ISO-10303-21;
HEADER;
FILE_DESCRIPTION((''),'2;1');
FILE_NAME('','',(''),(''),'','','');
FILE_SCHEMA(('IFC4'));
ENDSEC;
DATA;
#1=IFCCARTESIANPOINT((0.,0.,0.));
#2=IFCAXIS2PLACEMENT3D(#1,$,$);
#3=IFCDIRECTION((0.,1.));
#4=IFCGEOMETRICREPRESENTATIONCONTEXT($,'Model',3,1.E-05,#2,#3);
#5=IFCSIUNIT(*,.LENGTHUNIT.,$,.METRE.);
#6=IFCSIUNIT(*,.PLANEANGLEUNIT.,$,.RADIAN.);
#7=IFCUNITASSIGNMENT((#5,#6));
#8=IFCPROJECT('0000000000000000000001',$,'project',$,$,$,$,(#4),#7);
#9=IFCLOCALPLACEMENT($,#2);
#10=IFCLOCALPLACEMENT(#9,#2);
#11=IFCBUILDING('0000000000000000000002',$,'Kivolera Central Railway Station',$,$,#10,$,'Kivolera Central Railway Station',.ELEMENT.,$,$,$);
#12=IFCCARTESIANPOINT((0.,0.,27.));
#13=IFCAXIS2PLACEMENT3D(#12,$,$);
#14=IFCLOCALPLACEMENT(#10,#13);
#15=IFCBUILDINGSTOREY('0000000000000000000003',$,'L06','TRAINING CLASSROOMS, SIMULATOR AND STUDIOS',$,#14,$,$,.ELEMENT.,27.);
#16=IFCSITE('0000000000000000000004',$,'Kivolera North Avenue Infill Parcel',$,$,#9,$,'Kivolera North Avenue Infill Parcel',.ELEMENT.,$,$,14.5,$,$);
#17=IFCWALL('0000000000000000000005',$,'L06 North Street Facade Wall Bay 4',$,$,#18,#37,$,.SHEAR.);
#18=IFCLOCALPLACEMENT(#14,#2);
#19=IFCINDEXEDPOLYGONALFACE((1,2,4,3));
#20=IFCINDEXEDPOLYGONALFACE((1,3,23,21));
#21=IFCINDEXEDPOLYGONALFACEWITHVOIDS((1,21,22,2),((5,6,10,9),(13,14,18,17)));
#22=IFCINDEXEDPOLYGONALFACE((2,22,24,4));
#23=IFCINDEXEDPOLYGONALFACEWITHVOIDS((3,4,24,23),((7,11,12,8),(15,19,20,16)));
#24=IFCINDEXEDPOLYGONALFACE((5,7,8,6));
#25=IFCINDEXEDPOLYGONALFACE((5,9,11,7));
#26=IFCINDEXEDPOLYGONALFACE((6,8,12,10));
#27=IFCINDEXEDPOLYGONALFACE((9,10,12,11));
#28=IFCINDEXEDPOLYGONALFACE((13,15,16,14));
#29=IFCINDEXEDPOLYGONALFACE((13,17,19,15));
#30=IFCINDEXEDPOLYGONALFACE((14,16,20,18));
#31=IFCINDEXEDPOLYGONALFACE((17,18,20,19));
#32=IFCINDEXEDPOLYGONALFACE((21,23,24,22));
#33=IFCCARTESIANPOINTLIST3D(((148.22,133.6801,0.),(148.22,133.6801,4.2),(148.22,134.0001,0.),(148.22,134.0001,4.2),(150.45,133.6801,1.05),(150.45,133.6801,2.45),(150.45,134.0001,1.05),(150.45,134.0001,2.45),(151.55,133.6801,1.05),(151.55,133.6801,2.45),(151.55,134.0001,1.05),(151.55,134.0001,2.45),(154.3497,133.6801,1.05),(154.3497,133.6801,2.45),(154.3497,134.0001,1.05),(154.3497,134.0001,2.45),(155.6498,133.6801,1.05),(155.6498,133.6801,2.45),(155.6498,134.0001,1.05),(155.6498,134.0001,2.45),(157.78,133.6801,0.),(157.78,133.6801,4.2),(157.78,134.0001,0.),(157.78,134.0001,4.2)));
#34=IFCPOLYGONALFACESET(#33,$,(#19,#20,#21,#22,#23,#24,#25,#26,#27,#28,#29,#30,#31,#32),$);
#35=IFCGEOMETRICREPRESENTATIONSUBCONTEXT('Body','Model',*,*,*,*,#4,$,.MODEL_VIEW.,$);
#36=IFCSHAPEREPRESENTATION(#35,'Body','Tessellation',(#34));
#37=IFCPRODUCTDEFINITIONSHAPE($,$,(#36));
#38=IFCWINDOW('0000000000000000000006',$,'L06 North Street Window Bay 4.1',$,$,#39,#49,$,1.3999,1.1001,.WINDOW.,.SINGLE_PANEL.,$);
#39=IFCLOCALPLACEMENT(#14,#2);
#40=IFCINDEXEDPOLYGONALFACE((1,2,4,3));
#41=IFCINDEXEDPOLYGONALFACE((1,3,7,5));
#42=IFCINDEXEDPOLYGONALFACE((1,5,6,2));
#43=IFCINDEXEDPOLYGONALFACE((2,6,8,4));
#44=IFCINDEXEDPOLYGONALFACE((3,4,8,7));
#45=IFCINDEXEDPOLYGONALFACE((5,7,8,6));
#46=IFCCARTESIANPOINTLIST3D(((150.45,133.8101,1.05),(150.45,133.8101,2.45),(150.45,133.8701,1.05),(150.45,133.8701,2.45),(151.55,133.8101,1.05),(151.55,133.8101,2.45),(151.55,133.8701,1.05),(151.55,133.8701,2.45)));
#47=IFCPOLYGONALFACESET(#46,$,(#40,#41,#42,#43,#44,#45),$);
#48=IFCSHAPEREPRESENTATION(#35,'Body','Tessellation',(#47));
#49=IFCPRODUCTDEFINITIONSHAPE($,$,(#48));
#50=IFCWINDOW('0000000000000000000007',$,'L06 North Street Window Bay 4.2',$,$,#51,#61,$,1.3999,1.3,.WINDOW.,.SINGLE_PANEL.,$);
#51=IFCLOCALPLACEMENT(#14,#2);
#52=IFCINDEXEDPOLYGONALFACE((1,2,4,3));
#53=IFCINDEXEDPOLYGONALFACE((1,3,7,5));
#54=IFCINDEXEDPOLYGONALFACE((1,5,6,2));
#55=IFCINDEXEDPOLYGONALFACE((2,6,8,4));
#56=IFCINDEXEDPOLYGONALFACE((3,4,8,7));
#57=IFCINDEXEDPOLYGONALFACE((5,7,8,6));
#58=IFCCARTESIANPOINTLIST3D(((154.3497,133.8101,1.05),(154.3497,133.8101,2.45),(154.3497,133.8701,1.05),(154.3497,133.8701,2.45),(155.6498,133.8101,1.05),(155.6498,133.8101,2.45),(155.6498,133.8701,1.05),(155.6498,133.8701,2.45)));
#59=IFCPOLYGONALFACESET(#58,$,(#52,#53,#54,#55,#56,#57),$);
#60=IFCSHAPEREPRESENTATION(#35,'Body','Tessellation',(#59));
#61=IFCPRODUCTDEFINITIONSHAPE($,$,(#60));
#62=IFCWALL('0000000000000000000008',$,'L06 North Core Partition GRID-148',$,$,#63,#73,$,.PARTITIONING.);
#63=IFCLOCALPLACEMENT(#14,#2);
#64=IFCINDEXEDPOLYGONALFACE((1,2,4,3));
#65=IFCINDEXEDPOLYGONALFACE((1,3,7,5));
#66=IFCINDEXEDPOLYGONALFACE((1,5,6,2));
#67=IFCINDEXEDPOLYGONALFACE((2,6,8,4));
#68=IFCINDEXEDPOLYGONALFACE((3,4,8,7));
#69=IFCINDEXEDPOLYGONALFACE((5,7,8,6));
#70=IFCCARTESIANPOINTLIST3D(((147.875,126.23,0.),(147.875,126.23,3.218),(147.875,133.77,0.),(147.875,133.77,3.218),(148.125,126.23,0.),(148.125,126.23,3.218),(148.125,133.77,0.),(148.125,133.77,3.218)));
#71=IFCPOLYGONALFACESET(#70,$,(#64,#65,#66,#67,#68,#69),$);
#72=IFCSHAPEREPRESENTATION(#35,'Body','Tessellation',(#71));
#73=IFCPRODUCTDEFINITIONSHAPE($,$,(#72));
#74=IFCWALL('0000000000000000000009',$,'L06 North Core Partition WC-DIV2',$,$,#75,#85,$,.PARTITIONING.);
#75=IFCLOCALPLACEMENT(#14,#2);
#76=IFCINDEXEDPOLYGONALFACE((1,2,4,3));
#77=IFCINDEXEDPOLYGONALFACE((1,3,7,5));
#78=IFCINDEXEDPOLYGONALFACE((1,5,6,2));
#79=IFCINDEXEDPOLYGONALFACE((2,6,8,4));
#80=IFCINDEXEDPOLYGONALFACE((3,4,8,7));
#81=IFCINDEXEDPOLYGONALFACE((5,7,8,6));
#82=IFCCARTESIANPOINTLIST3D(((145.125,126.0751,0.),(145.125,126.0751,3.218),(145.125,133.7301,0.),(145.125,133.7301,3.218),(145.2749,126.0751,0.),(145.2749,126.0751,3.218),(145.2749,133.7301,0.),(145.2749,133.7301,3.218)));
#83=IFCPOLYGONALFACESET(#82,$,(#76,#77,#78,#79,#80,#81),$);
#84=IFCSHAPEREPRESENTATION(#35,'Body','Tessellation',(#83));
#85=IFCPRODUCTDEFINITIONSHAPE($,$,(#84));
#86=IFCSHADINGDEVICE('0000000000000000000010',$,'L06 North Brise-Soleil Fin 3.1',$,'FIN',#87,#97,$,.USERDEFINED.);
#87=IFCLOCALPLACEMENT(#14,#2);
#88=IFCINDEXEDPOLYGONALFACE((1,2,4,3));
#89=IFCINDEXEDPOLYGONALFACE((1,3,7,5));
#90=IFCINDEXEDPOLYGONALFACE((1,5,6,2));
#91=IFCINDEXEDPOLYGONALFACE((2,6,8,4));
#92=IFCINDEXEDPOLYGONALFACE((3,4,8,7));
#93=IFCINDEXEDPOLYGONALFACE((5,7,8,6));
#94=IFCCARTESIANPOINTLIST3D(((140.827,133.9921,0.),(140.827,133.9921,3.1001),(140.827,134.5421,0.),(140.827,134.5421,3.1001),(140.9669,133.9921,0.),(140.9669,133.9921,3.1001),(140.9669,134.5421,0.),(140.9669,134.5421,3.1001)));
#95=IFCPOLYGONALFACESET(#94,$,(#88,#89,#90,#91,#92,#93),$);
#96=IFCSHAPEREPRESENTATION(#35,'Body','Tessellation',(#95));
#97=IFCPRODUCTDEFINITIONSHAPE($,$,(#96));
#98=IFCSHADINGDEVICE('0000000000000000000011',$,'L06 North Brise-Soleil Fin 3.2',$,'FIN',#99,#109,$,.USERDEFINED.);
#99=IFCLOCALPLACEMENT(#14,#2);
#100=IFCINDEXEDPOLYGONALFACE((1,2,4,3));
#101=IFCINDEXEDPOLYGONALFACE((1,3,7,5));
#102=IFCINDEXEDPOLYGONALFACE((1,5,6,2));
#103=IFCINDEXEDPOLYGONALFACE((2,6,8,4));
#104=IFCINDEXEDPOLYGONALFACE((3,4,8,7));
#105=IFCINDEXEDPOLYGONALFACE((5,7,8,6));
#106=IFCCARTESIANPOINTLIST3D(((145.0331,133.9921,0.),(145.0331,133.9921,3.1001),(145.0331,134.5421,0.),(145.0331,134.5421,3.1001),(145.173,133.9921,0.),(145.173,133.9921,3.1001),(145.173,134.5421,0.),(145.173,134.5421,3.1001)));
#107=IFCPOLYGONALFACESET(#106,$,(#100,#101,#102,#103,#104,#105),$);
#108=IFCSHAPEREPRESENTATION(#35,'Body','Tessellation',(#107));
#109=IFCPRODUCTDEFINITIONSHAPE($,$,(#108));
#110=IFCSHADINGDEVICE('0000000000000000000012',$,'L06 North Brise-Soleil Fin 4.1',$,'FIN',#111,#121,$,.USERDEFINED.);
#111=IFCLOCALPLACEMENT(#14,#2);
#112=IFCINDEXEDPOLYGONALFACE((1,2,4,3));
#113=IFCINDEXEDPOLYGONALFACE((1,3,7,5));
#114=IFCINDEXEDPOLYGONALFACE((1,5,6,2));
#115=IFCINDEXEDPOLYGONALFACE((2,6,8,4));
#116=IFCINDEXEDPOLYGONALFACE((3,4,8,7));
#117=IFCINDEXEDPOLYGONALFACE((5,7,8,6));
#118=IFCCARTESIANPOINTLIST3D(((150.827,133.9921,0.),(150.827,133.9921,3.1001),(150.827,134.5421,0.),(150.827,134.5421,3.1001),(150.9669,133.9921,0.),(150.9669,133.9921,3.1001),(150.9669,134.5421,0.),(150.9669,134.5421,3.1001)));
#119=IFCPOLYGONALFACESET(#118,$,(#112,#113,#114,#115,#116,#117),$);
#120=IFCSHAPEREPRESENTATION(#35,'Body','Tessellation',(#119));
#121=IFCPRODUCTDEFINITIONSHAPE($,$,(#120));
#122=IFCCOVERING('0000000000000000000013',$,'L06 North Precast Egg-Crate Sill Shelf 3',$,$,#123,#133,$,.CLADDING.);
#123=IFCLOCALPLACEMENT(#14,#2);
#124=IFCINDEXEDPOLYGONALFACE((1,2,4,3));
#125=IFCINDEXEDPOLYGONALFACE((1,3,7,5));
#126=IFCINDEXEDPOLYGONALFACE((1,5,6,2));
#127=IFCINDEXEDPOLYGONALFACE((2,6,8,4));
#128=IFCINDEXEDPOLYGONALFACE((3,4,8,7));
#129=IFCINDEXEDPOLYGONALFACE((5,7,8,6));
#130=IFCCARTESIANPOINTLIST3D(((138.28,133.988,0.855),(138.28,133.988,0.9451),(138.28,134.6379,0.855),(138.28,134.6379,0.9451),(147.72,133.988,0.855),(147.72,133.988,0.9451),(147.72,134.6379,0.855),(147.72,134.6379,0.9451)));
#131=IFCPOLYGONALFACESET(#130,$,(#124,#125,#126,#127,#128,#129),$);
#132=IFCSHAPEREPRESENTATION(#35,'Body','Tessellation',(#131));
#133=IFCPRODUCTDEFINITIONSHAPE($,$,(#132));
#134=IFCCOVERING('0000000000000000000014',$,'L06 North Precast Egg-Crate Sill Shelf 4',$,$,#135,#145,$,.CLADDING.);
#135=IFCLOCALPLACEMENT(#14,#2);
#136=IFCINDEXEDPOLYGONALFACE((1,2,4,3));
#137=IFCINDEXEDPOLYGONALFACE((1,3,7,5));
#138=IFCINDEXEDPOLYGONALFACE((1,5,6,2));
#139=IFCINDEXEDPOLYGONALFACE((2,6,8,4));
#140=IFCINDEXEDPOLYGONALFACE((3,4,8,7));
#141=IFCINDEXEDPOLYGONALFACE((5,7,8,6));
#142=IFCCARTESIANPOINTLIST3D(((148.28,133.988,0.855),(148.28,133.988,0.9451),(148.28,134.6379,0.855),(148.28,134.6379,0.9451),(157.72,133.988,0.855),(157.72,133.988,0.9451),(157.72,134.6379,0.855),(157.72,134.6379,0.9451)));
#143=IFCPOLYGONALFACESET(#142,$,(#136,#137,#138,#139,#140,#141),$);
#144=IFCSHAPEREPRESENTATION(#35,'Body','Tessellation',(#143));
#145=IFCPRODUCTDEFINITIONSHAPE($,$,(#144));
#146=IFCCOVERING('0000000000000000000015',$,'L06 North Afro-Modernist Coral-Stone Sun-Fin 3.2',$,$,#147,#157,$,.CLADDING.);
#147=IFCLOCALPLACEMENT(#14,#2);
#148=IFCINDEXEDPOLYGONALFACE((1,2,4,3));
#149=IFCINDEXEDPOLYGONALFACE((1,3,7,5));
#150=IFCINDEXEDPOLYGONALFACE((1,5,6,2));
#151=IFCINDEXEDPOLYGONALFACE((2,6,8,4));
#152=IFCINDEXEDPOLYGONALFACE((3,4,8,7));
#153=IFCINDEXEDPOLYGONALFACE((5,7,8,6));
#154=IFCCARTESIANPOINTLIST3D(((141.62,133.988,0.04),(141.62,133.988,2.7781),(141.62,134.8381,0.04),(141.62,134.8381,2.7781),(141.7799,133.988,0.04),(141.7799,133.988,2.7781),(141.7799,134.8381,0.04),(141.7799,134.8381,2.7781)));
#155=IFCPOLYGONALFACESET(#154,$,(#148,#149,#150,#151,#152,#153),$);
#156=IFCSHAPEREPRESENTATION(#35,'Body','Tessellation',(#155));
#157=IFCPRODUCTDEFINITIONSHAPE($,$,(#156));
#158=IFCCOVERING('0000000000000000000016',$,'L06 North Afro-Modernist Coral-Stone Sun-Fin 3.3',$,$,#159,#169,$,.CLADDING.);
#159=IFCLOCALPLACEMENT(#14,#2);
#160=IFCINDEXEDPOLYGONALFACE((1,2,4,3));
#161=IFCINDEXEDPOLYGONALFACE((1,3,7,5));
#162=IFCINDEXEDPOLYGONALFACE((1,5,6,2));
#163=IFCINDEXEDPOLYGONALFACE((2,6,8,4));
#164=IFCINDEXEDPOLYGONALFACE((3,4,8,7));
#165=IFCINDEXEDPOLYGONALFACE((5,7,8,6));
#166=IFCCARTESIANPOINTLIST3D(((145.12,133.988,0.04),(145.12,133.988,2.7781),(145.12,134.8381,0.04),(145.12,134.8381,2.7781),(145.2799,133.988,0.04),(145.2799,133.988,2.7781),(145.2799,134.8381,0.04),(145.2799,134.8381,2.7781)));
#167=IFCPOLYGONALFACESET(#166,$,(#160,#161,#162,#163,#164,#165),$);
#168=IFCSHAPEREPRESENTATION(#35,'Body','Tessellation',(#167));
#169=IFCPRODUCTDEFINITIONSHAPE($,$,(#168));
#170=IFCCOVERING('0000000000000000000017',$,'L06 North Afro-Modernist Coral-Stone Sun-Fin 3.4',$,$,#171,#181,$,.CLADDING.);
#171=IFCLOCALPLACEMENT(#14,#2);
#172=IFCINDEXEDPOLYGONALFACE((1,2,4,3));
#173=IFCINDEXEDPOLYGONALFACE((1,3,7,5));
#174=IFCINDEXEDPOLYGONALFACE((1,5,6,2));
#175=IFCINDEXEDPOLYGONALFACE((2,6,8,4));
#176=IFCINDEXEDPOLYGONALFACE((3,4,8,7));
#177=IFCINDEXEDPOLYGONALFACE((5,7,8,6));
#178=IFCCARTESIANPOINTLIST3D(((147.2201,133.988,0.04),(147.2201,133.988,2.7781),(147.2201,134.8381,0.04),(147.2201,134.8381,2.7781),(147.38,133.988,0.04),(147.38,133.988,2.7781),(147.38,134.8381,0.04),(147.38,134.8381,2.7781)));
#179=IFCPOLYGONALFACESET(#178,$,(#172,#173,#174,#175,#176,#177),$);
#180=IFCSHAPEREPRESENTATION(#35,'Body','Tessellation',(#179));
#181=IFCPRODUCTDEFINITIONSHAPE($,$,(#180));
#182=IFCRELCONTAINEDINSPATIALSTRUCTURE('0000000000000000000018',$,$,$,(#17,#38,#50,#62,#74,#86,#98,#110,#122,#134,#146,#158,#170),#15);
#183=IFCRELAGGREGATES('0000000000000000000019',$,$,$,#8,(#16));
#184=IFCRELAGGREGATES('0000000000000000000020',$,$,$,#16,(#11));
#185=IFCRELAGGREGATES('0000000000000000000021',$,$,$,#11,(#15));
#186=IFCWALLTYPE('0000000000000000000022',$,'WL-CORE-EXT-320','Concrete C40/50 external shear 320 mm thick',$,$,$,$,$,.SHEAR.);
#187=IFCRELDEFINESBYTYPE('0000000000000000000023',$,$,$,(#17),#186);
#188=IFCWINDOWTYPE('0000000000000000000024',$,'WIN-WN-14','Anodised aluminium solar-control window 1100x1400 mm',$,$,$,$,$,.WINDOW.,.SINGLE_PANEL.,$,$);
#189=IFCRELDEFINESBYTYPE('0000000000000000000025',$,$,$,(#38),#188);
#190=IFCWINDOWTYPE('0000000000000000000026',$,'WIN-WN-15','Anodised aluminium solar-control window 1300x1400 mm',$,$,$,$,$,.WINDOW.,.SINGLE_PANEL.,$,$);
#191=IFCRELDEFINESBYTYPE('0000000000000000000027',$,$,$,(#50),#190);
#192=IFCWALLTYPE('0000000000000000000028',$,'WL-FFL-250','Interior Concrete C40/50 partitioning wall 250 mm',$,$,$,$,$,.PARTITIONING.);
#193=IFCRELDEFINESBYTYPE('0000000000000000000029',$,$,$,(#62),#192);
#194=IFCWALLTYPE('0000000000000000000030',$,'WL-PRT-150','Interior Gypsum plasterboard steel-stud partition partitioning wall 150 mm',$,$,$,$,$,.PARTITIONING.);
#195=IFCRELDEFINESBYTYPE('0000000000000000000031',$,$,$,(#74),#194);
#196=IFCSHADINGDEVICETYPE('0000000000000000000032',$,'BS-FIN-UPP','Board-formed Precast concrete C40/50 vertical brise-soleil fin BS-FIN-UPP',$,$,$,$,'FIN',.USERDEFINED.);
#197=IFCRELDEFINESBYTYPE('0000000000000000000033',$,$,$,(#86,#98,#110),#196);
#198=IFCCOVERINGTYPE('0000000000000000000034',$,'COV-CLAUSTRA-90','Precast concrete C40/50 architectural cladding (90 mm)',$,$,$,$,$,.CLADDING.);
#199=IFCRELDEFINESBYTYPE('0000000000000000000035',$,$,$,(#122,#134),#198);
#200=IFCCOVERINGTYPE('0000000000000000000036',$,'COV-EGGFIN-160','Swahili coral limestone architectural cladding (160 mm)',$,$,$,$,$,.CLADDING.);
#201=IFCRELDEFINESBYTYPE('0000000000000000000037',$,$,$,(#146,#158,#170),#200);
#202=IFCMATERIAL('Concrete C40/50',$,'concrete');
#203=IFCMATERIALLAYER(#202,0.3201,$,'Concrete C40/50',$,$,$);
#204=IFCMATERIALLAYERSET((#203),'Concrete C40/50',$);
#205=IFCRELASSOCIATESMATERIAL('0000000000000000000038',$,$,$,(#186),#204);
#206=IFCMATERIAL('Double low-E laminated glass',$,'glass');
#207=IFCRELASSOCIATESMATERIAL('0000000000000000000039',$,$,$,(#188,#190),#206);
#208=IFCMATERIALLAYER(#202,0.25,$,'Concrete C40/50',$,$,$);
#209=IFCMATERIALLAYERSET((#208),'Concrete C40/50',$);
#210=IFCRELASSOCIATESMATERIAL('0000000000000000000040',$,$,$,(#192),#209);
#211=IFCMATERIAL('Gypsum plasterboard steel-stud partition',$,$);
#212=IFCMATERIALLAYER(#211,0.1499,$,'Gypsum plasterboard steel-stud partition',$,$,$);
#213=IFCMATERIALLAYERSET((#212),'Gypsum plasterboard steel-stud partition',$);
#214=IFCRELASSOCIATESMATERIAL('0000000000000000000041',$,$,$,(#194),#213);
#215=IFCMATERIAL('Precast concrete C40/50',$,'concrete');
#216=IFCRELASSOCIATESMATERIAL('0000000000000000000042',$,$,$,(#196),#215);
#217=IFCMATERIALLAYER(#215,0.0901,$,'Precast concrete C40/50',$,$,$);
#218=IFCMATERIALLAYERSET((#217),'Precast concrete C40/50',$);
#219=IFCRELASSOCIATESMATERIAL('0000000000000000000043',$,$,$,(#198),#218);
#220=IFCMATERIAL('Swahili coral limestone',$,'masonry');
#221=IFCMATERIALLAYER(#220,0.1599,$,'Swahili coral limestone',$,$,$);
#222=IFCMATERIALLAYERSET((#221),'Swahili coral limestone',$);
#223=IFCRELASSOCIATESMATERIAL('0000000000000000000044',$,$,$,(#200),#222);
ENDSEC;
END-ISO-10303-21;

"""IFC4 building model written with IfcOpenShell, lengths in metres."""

from ifc_helpers import new_model, si_unit, direction, frame, frame_2d, origin, origin_2d, place, context, subcontext, project, spatial, rectangle, extrude, material, layer, layer_set, type_object, element, fill, save


model = new_model("IFC4")

# Units and contexts
model_context = context("Model", 3, precision=1e-05, world=origin(), true_north=direction((0.0, 1.0)))
body_context = subcontext(model_context, "Body", "Model", "MODEL_VIEW")
ifc_project = project(units=[si_unit("LENGTHUNIT", "METRE"), si_unit("PLANEANGLEUNIT", "RADIAN")], contexts=[model_context])

# Site, building, storey
site_placement = place(None, origin())
site = spatial("IfcSite", under=ifc_project, at=site_placement, Name="Kivolera North Avenue Infill Parcel", LongName="Kivolera North Avenue Infill Parcel", CompositionType="ELEMENT", RefElevation=14.5)
building_placement = place(site_placement, origin())
building = spatial("IfcBuilding", under=site, at=building_placement, Name="Kivolera Central Railway Station", LongName="Kivolera Central Railway Station", CompositionType="ELEMENT")
storey_placement = place(building_placement, frame((0.0, 0.0, 27.0)))
storey = spatial("IfcBuildingStorey", under=building, at=storey_placement, Name="L06", Description="TRAINING CLASSROOMS, SIMULATOR AND STUDIOS", CompositionType="ELEMENT", Elevation=27.0)

# Shared definitions
ifc_material_1 = material(Name="Concrete C40/50", Category="concrete")

# Wall, openings, windows
ifc_layer_1 = layer(ifc_material_1, 0.3201, Name="Concrete C40/50")
ifc_layer_set_1 = layer_set([ifc_layer_1], Name="Concrete C40/50")
wall_type_1 = type_object("IfcWallType", Name="WL-CORE-EXT-320", Description="Concrete C40/50 external shear 320 mm thick", PredefinedType="SHEAR", material=ifc_layer_set_1)
wall_1_placement = place(storey_placement, frame((148.22, 133.8401, 0.0), z_axis=(0.0, 0.0, 1.0), x_axis=(1.0, 0.0, 0.0)))
wall_1 = element("IfcWall", 1, at=wall_1_placement, inside=storey, type_object=wall_type_1, Name="L06 North Street Facade Wall Bay 4", PredefinedType="SHEAR", context=body_context, shape_type="SweptSolid", body=[
    extrude(rectangle(XDim=9.5601, YDim=0.3201, at=frame_2d((4.78, 0.0))), origin(), (0.0, 0.0, 1.0), 4.2),
])
opening_1_placement = place(wall_1_placement, frame((2.23, 0.0, 1.05)))
opening_1 = element("IfcOpeningElement", 2, at=opening_1_placement, cuts=wall_1, PredefinedType="OPENING", context=body_context, shape_type="SweptSolid", body=[
    extrude(rectangle(XDim=1.1001, YDim=1.3999, at=frame_2d((0.55, 0.7))), frame((0.0, 0.1699, 0.0), z_axis=(0.0, -1.0, 0.0), x_axis=(1.0, 0.0, 0.0)), (0.0, 0.0, 1.0), 0.3401),
])
opening_2_placement = place(wall_1_placement, frame((6.1299, 0.0, 1.05)))
opening_2 = element("IfcOpeningElement", 3, at=opening_2_placement, cuts=wall_1, PredefinedType="OPENING", context=body_context, shape_type="SweptSolid", body=[
    extrude(rectangle(XDim=1.3, YDim=1.3999, at=frame_2d((0.6499, 0.7))), frame((0.0, 0.1699, 0.0), z_axis=(0.0, -1.0, 0.0), x_axis=(1.0, 0.0, 0.0)), (0.0, 0.0, 1.0), 0.3401),
])
ifc_material_2 = material(Name="Double low-E laminated glass", Category="glass")
window_type_1 = type_object("IfcWindowType", Name="WIN-WN-14", Description="Anodised aluminium solar-control window 1100x1400 mm", PartitioningType="SINGLE_PANEL", PredefinedType="WINDOW", material=ifc_material_2)
window_1_placement = place(opening_1_placement, origin())
window_1 = element("IfcWindow", 4, at=window_1_placement, inside=storey, type_object=window_type_1, Name="L06 North Street Window Bay 4.1", OverallHeight=1.3999, OverallWidth=1.1001, PartitioningType="SINGLE_PANEL", PredefinedType="WINDOW", context=body_context, shape_type="SweptSolid", body=[
    extrude(rectangle(XDim=1.1001, YDim=1.3999, at=frame_2d((0.55, 0.7))), frame((0.0, 0.03, 0.0), z_axis=(0.0, -1.0, 0.0), x_axis=(1.0, 0.0, 0.0)), (0.0, 0.0, 1.0), 0.0601),
])
fill(opening_1, window_1)
window_type_2 = type_object("IfcWindowType", Name="WIN-WN-15", Description="Anodised aluminium solar-control window 1300x1400 mm", PartitioningType="SINGLE_PANEL", PredefinedType="WINDOW", material=ifc_material_2)
window_2_placement = place(opening_2_placement, origin())
window_2 = element("IfcWindow", 5, at=window_2_placement, inside=storey, type_object=window_type_2, Name="L06 North Street Window Bay 4.2", OverallHeight=1.3999, OverallWidth=1.3, PartitioningType="SINGLE_PANEL", PredefinedType="WINDOW", context=body_context, shape_type="SweptSolid", body=[
    extrude(rectangle(XDim=1.3, YDim=1.3999, at=frame_2d((0.6499, 0.7))), frame((0.0, 0.03, 0.0), z_axis=(0.0, -1.0, 0.0), x_axis=(1.0, 0.0, 0.0)), (0.0, 0.0, 1.0), 0.0601),
])
fill(opening_2, window_2)

# Walls
ifc_layer_2 = layer(ifc_material_1, 0.25, Name="Concrete C40/50")
ifc_layer_set_2 = layer_set([ifc_layer_2], Name="Concrete C40/50")
wall_type_2 = type_object("IfcWallType", Name="WL-FFL-250", Description="Interior Concrete C40/50 partitioning wall 250 mm", PredefinedType="PARTITIONING", material=ifc_layer_set_2)
wall_2_placement = place(storey_placement, frame((148.0, 126.23, 0.0), z_axis=(0.0, 0.0, 1.0), x_axis=(0.0, 1.0, 0.0)))
element("IfcWall", 6, at=wall_2_placement, inside=storey, type_object=wall_type_2, Name="L06 North Core Partition GRID-148", PredefinedType="PARTITIONING", context=body_context, shape_type="SweptSolid", body=[
    extrude(rectangle(XDim=7.54, YDim=0.25, at=frame_2d((3.77, 0.0))), origin(), (0.0, 0.0, 1.0), 3.218),
])
ifc_material_3 = material(Name="Gypsum plasterboard steel-stud partition")
ifc_layer_3 = layer(ifc_material_3, 0.1499, Name="Gypsum plasterboard steel-stud partition")
ifc_layer_set_3 = layer_set([ifc_layer_3], Name="Gypsum plasterboard steel-stud partition")
wall_type_3 = type_object("IfcWallType", Name="WL-PRT-150", Description="Interior Gypsum plasterboard steel-stud partition partitioning wall 150 mm", PredefinedType="PARTITIONING", material=ifc_layer_set_3)
wall_3_placement = place(storey_placement, frame((145.2, 126.075, 0.0), z_axis=(0.0, 0.0, 1.0), x_axis=(0.0, 1.0, 0.0)))
element("IfcWall", 7, at=wall_3_placement, inside=storey, type_object=wall_type_3, Name="L06 North Core Partition WC-DIV2", PredefinedType="PARTITIONING", context=body_context, shape_type="SweptSolid", body=[
    extrude(rectangle(XDim=7.655, YDim=0.1499, at=frame_2d((3.8276, 0.0))), origin(), (0.0, 0.0, 1.0), 3.218),
])

# Shading devices
ifc_material_4 = material(Name="Precast concrete C40/50", Category="concrete")
shading_device_type = type_object("IfcShadingDeviceType", Name="BS-FIN-UPP", Description="Board-formed Precast concrete C40/50 vertical brise-soleil fin BS-FIN-UPP", ElementType="FIN", PredefinedType="USERDEFINED", material=ifc_material_4)
for number, where, z_axis, x_axis, name in (
    (8, (140.897, 134.2671, 0.0), (0.0, 0.0, 1.0), (1.0, 0.0, 0.0), "L06 North Brise-Soleil Fin 3.1"),
    (9, (145.103, 134.2671, 0.0), (0.0, 0.0, 1.0), (1.0, 0.0, 0.0), "L06 North Brise-Soleil Fin 3.2"),
    (10, (150.897, 134.2671, 0.0), (0.0, 0.0, 1.0), (1.0, 0.0, 0.0), "L06 North Brise-Soleil Fin 4.1"),
):
    element("IfcShadingDevice", number, at=place(storey_placement, frame(where, z_axis=z_axis, x_axis=x_axis)), inside=storey, type_object=shading_device_type, Name=name, ObjectType="FIN", PredefinedType="USERDEFINED", context=body_context, shape_type="SweptSolid", body=[
        extrude(rectangle(XDim=0.1399, YDim=0.55, at=origin_2d()), origin(), (0.0, 0.0, 1.0), 3.1001),
    ])

# Coverings
ifc_layer_4 = layer(ifc_material_4, 0.0901, Name="Precast concrete C40/50")
ifc_layer_set_4 = layer_set([ifc_layer_4], Name="Precast concrete C40/50")
covering_type_1 = type_object("IfcCoveringType", Name="COV-CLAUSTRA-90", Description="Precast concrete C40/50 architectural cladding (90 mm)", PredefinedType="CLADDING", material=ifc_layer_set_4)
for number, where, z_axis, x_axis, name in (
    (11, (143.0, 134.313, 0.855), (0.0, 0.0, 1.0), (1.0, 0.0, 0.0), "L06 North Precast Egg-Crate Sill Shelf 3"),
    (12, (153.0, 134.313, 0.855), (0.0, 0.0, 1.0), (1.0, 0.0, 0.0), "L06 North Precast Egg-Crate Sill Shelf 4"),
):
    element("IfcCovering", number, at=place(storey_placement, frame(where, z_axis=z_axis, x_axis=x_axis)), inside=storey, type_object=covering_type_1, Name=name, PredefinedType="CLADDING", context=body_context, shape_type="SweptSolid", body=[
        extrude(rectangle(XDim=9.4399, YDim=0.6499, at=origin_2d()), origin(), (0.0, 0.0, 1.0), 0.0901),
    ])
ifc_material_5 = material(Name="Swahili coral limestone", Category="masonry")
ifc_layer_5 = layer(ifc_material_5, 0.1599, Name="Swahili coral limestone")
ifc_layer_set_5 = layer_set([ifc_layer_5], Name="Swahili coral limestone")
covering_type_2 = type_object("IfcCoveringType", Name="COV-EGGFIN-160", Description="Swahili coral limestone architectural cladding (160 mm)", PredefinedType="CLADDING", material=ifc_layer_set_5)
for number, where, z_axis, x_axis, name in (
    (13, (141.7, 134.4131, 0.04), (0.0, 0.0, 1.0), (1.0, 0.0, 0.0), "L06 North Afro-Modernist Coral-Stone Sun-Fin 3.2"),
    (14, (145.2, 134.4131, 0.04), (0.0, 0.0, 1.0), (1.0, 0.0, 0.0), "L06 North Afro-Modernist Coral-Stone Sun-Fin 3.3"),
    (15, (147.3, 134.4131, 0.04), (0.0, 0.0, 1.0), (1.0, 0.0, 0.0), "L06 North Afro-Modernist Coral-Stone Sun-Fin 3.4"),
):
    element("IfcCovering", number, at=place(storey_placement, frame(where, z_axis=z_axis, x_axis=x_axis)), inside=storey, type_object=covering_type_2, Name=name, PredefinedType="CLADDING", context=body_context, shape_type="SweptSolid", body=[
        extrude(rectangle(XDim=0.1599, YDim=0.8501, at=origin_2d()), origin(), (0.0, 0.0, 1.0), 2.738),
    ])

save(model, "model.ifc")
